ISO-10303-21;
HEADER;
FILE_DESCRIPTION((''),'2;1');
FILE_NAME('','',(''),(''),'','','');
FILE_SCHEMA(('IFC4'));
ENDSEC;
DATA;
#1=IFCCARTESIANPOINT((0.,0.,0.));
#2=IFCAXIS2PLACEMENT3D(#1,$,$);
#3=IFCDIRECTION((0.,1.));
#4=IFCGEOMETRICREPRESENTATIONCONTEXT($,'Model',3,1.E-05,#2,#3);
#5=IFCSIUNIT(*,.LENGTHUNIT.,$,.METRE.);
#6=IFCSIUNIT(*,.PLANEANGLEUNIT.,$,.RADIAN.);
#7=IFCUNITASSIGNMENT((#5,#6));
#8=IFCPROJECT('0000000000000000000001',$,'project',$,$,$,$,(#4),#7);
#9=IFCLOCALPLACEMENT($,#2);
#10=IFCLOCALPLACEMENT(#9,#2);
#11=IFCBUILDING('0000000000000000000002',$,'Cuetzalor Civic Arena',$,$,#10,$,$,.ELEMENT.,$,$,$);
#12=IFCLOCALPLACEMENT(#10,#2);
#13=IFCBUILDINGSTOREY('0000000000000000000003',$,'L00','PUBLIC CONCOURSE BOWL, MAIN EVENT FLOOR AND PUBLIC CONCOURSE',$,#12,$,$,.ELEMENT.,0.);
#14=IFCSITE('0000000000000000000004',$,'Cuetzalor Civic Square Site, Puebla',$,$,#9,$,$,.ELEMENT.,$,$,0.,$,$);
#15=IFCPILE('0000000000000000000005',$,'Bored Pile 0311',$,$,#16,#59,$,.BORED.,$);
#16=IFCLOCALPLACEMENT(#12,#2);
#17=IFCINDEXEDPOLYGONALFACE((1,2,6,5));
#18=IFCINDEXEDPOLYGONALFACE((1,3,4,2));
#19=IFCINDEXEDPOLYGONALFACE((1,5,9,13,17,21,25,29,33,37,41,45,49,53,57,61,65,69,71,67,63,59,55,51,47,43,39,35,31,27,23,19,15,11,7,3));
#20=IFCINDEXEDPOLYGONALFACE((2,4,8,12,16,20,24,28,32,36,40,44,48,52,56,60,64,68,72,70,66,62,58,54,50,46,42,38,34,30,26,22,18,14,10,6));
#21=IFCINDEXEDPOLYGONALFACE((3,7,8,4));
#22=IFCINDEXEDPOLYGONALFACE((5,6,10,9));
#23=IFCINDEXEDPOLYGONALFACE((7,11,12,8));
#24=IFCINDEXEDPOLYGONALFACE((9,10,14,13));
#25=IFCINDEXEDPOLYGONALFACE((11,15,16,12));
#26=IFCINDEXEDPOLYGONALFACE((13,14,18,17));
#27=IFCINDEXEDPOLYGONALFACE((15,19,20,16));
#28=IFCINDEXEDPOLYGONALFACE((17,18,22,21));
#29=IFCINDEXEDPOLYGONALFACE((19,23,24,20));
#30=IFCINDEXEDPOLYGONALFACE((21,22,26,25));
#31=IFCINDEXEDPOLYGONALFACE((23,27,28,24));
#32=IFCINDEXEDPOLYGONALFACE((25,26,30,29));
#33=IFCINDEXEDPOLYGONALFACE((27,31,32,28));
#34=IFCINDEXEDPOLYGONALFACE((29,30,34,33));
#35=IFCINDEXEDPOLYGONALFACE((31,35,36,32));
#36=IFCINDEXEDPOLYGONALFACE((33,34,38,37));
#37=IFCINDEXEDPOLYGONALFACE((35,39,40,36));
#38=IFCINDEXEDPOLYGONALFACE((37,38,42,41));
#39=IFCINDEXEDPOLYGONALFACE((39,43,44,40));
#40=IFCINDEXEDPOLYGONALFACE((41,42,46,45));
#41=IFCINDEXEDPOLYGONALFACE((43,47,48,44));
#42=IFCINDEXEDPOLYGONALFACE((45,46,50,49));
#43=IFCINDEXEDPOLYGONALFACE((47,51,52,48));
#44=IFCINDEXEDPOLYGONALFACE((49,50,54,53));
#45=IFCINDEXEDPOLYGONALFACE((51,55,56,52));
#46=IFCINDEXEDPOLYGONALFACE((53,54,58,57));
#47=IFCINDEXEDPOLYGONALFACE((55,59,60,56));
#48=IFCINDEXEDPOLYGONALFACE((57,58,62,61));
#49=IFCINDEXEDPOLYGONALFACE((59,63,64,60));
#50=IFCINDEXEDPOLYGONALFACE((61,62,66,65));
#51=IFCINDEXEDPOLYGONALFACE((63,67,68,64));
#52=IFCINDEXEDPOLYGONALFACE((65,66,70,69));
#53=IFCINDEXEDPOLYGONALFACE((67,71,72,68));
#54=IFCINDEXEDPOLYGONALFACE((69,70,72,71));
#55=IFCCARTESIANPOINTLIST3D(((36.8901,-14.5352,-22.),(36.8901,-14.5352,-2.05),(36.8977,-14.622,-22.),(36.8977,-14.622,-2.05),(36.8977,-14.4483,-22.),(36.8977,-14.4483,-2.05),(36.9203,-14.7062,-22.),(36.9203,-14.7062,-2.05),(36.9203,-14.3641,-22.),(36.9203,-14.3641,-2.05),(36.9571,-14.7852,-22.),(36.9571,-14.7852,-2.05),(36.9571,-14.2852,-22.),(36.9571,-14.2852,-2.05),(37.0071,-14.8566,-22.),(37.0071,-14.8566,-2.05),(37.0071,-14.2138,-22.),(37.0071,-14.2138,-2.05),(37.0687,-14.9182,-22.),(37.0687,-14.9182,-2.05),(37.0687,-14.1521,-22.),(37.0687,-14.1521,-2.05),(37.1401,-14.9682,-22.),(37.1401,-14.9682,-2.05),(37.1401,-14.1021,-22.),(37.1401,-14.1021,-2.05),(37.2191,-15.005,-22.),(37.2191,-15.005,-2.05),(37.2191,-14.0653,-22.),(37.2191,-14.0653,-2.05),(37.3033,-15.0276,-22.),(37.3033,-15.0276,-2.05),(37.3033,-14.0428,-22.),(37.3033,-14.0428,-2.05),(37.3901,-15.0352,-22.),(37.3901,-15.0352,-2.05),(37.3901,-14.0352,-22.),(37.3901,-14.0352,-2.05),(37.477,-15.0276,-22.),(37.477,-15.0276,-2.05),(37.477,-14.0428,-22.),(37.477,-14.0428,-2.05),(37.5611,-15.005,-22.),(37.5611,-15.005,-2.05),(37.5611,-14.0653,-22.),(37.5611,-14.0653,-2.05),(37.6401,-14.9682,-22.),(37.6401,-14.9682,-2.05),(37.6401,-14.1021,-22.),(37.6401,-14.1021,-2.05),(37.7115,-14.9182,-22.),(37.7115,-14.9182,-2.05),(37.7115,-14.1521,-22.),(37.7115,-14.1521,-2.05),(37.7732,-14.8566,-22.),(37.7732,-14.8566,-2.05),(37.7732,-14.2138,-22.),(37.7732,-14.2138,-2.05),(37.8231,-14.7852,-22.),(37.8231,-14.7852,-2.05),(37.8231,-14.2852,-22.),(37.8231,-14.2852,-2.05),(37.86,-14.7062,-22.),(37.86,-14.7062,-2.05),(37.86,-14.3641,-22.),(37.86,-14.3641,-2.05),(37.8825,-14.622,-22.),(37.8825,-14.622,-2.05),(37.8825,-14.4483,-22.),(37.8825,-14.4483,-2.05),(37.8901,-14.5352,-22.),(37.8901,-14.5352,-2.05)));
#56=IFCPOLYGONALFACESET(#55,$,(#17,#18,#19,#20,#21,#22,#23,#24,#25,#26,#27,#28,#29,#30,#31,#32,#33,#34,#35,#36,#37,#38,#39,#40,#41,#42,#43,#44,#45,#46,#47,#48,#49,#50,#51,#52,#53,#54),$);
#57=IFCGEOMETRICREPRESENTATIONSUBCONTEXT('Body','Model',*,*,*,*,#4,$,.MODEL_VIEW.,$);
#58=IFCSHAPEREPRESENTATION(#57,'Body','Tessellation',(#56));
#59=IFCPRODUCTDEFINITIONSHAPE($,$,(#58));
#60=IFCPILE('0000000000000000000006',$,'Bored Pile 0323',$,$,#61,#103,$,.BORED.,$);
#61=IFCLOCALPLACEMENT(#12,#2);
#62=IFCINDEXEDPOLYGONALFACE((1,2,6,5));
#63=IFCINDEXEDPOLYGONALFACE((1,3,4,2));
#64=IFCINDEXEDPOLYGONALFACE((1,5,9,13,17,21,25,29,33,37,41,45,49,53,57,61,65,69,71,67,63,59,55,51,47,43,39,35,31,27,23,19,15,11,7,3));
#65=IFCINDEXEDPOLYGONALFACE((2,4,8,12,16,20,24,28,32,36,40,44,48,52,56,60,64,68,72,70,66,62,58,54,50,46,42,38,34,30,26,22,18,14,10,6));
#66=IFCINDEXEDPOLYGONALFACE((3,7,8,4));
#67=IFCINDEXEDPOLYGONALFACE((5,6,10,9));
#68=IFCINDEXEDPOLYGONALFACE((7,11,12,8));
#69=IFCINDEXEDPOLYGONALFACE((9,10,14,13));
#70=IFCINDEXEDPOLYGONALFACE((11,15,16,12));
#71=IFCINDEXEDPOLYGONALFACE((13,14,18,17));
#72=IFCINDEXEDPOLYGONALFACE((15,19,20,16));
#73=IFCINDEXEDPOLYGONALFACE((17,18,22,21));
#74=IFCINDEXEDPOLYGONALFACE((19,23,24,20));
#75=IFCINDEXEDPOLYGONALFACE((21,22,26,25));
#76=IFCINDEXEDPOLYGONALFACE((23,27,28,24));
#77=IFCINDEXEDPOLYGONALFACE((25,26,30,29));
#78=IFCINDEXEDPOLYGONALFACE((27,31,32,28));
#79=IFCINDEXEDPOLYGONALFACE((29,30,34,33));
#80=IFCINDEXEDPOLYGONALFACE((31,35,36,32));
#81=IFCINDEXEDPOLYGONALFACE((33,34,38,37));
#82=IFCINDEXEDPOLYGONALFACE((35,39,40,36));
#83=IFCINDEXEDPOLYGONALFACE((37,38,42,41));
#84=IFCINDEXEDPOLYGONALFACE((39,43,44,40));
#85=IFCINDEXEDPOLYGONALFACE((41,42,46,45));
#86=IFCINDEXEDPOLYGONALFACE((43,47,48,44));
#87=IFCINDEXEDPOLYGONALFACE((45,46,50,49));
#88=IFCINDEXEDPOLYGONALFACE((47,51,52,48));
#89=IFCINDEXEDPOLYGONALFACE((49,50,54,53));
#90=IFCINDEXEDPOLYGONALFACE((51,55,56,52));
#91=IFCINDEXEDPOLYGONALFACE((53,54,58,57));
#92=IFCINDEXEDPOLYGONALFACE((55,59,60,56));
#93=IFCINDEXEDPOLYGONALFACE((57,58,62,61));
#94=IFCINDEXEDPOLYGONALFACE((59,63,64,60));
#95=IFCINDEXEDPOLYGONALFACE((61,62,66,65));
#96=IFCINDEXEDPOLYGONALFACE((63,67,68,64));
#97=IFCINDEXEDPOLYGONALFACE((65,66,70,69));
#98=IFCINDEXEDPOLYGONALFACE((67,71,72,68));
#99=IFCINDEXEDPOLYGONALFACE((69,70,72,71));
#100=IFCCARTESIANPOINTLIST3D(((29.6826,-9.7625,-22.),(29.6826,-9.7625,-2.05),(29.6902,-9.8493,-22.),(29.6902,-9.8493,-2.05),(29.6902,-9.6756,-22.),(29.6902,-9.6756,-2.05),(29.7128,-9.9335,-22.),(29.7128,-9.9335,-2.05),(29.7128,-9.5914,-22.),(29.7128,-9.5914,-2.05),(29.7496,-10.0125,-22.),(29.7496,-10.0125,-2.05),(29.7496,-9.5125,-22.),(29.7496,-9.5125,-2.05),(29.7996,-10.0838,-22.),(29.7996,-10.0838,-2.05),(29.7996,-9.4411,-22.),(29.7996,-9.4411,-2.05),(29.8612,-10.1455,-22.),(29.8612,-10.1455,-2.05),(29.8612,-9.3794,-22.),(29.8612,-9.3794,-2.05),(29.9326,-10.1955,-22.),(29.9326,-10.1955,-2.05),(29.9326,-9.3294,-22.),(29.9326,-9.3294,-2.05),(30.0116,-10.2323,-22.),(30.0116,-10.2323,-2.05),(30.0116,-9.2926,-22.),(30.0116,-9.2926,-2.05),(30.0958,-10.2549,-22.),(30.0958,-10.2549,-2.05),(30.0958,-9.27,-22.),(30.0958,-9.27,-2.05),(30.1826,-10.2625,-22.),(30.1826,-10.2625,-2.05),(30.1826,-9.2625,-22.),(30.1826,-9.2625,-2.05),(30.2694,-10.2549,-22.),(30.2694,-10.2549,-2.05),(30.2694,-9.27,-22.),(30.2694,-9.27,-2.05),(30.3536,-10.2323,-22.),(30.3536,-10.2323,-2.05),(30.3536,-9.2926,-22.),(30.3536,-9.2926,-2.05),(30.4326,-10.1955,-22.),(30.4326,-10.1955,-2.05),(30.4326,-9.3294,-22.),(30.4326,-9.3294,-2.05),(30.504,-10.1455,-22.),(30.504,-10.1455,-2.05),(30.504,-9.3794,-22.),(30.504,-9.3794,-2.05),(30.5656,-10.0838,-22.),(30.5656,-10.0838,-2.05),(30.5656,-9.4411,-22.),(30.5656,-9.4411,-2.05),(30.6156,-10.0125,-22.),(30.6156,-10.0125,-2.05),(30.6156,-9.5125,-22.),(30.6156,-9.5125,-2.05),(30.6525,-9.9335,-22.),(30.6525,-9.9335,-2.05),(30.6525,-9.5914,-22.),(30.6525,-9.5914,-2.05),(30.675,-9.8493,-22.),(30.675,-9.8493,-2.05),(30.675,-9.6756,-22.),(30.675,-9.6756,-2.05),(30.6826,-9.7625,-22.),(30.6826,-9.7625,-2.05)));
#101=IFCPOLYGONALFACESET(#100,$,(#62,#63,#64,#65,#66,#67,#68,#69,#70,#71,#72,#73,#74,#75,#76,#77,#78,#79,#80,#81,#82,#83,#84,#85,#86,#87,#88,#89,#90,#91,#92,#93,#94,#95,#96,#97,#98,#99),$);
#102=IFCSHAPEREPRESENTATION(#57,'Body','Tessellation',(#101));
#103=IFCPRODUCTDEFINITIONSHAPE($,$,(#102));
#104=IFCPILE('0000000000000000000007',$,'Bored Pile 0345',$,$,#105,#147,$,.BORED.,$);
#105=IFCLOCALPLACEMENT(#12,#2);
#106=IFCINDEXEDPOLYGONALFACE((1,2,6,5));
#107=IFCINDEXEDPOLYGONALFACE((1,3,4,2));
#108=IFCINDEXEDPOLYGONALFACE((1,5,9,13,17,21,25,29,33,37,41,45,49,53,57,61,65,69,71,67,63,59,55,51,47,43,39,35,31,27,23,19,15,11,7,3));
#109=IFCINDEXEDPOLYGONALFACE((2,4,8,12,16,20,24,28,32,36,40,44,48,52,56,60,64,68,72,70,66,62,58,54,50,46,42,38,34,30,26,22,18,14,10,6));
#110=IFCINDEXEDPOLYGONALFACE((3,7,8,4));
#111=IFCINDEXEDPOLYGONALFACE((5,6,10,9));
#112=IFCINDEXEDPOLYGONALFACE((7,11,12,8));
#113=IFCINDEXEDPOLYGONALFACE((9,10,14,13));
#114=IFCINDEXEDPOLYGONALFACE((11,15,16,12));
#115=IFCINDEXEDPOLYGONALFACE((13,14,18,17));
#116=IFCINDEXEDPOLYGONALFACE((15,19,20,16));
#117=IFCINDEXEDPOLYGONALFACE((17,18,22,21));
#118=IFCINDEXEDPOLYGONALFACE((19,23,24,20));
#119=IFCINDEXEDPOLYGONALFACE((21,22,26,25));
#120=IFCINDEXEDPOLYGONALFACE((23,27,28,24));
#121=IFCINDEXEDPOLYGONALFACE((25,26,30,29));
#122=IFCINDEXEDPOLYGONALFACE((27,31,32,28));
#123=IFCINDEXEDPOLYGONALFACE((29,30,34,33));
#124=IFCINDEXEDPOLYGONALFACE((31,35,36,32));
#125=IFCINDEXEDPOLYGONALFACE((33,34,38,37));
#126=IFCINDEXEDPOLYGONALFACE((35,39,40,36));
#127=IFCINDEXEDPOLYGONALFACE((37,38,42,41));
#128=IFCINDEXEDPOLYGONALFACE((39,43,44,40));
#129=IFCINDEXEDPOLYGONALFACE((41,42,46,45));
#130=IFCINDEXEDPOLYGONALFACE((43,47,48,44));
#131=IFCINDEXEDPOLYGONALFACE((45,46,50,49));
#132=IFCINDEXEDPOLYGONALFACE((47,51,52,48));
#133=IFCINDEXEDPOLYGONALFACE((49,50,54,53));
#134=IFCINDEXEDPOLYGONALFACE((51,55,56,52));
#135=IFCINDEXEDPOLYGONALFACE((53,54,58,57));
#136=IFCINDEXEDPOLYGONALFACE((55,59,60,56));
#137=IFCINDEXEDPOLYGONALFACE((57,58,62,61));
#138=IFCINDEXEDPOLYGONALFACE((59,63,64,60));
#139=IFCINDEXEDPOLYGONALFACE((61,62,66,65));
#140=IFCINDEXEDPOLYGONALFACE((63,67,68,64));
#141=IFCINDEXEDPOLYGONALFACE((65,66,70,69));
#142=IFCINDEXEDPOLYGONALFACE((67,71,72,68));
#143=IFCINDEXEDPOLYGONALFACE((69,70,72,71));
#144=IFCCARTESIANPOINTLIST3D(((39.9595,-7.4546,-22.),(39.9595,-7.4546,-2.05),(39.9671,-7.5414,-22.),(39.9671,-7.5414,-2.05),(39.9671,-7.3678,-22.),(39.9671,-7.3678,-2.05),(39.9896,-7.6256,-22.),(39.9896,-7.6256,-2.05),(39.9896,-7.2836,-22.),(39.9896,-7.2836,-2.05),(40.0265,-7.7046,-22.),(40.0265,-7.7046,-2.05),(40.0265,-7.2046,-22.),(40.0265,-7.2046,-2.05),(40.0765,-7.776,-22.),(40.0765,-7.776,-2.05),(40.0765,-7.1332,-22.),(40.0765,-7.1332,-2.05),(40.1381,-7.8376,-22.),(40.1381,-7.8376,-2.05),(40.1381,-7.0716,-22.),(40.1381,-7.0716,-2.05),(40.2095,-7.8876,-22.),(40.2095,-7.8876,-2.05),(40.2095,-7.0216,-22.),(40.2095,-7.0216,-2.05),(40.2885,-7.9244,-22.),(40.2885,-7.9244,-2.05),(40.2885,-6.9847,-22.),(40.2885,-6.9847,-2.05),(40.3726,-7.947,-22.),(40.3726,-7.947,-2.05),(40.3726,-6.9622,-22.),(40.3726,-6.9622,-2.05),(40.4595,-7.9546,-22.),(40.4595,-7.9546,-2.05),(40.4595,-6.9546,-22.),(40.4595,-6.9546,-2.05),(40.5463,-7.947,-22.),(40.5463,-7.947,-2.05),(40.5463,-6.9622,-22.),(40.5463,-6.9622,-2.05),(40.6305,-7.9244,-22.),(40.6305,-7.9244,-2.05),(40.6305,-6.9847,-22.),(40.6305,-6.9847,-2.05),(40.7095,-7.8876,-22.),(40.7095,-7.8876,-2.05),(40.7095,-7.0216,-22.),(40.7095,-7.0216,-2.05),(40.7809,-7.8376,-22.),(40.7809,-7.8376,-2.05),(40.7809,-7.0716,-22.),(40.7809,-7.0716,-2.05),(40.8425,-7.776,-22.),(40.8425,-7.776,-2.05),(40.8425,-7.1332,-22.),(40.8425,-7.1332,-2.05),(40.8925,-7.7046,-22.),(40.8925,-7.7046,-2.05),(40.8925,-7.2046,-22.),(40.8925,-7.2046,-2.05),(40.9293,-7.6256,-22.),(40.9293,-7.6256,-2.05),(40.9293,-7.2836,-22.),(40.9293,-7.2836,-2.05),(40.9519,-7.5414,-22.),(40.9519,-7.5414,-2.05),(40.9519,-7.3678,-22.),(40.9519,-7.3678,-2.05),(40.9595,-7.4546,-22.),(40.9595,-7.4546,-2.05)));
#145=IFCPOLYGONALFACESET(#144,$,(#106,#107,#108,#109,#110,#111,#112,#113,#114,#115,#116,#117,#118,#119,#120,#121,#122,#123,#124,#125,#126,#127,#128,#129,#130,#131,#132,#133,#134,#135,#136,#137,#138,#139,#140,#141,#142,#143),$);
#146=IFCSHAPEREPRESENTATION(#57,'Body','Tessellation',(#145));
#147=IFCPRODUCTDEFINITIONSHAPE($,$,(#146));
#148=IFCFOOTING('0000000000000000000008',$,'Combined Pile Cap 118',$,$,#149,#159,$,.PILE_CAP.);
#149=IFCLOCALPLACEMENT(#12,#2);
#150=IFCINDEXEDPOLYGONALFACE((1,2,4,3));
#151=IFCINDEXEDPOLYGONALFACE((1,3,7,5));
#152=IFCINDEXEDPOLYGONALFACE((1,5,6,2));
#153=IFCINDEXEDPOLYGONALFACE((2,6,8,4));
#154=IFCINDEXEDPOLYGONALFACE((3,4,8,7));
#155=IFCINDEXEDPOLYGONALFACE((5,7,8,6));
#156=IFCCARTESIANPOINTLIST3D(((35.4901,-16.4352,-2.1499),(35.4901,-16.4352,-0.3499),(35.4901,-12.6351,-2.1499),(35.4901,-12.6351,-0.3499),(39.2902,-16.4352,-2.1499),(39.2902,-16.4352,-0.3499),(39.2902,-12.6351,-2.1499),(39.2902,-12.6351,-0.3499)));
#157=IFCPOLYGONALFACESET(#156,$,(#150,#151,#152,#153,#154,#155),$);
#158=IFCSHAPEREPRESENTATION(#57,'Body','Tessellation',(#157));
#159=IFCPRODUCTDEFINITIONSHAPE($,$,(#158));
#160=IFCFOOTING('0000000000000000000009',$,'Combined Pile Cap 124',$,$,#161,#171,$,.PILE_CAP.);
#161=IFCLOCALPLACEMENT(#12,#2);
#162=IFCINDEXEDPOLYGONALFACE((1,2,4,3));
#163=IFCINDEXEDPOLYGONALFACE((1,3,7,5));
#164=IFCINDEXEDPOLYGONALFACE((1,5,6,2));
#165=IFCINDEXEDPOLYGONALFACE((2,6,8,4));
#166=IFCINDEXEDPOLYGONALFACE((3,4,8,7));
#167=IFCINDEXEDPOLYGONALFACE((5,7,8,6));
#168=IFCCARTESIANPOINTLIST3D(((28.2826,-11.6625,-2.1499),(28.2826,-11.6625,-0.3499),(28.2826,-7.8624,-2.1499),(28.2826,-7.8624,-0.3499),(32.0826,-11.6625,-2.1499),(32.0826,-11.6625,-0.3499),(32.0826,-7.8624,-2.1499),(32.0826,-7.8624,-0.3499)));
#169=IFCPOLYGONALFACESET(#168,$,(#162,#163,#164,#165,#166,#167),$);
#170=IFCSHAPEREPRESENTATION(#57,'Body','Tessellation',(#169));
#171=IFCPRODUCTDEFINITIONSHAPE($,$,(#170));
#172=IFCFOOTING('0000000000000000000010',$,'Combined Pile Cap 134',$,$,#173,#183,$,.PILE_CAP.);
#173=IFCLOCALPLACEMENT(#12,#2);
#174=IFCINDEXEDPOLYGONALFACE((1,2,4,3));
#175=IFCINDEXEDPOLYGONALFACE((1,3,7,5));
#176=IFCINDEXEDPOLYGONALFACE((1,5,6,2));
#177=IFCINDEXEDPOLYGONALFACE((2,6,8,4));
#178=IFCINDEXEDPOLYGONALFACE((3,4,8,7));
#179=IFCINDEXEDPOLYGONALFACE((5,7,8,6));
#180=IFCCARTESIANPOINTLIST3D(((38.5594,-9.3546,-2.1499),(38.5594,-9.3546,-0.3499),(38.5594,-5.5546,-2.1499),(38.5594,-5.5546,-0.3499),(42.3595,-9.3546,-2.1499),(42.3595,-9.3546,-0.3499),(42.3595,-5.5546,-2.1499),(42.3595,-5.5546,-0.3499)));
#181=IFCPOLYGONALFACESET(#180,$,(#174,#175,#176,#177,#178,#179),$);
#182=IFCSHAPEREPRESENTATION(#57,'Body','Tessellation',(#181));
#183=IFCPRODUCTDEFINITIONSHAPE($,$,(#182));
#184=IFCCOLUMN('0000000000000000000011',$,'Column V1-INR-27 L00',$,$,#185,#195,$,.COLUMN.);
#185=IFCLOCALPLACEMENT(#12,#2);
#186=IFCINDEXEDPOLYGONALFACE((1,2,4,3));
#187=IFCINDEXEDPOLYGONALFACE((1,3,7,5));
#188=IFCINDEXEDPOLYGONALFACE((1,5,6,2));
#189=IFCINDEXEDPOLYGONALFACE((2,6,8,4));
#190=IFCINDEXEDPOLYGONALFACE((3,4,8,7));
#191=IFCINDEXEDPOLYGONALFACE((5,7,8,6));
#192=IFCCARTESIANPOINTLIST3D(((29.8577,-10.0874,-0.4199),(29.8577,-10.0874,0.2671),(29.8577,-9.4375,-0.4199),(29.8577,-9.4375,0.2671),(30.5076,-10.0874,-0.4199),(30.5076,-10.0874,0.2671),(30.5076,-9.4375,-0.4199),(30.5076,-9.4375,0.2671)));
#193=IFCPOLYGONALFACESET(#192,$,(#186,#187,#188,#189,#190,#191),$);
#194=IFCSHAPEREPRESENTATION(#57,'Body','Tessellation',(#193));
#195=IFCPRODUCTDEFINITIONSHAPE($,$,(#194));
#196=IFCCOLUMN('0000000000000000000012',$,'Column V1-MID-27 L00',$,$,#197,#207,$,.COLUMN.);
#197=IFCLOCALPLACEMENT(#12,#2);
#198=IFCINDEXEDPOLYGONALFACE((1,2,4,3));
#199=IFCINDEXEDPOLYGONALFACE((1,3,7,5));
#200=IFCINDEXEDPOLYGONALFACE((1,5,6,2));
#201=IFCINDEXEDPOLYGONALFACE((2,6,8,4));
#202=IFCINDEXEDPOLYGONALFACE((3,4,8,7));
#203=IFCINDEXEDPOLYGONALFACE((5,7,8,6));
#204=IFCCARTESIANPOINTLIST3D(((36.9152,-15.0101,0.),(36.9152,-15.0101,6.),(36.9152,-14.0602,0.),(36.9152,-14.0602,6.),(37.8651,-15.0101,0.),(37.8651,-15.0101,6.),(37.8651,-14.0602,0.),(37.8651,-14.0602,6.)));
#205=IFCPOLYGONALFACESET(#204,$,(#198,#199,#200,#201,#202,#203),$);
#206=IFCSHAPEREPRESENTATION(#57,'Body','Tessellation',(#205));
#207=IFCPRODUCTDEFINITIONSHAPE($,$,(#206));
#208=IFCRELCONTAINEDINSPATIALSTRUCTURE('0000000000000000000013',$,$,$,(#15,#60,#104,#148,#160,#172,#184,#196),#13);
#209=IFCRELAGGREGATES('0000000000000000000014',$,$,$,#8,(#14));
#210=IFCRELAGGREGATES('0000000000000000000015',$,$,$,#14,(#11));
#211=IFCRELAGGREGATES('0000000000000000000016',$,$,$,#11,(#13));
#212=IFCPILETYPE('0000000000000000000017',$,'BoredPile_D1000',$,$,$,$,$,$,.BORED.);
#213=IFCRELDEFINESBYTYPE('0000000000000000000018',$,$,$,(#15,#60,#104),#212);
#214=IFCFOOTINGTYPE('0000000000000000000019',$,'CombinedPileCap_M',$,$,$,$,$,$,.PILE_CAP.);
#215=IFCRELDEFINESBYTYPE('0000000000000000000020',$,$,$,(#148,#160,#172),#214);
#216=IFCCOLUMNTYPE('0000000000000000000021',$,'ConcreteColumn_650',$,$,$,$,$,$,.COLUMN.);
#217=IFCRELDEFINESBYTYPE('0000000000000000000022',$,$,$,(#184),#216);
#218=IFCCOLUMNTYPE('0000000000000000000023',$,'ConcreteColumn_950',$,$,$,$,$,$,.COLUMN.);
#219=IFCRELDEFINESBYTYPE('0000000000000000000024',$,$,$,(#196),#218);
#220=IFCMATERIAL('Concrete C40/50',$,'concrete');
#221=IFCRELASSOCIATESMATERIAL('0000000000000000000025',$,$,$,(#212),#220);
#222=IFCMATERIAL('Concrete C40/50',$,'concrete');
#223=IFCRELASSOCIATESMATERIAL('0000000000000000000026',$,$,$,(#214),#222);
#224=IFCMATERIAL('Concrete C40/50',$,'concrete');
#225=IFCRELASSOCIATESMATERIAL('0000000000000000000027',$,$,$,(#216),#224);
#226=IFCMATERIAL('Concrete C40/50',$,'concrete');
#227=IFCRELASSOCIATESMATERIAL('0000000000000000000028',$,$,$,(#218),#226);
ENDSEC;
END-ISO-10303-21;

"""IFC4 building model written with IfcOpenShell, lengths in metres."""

from ifc_helpers import new_model, si_unit, direction, frame, origin, origin_2d, place, context, subcontext, project, spatial, rectangle, circle, extrude, material, material_profile, profile_set, type_object, element, save


model = new_model("IFC4")

# Units and contexts
model_context = context("Model", 3, precision=1e-05, world=origin(), true_north=direction((0.0, 1.0)))
body_context = subcontext(model_context, "Body", "Model", "MODEL_VIEW")
ifc_project = project(units=[si_unit("LENGTHUNIT", "METRE"), si_unit("PLANEANGLEUNIT", "RADIAN")], contexts=[model_context])

# Site, building, storey
site_placement = place(None, origin())
site = spatial("IfcSite", under=ifc_project, at=site_placement, Name="Cuetzalor Civic Square Site, Puebla", CompositionType="ELEMENT", RefElevation=0.0)
building_placement = place(site_placement, origin())
building = spatial("IfcBuilding", under=site, at=building_placement, Name="Cuetzalor Civic Arena", CompositionType="ELEMENT")
storey_placement = place(building_placement, origin())
storey = spatial("IfcBuildingStorey", under=building, at=storey_placement, Name="L00", Description="PUBLIC CONCOURSE BOWL, MAIN EVENT FLOOR AND PUBLIC CONCOURSE", CompositionType="ELEMENT", Elevation=0.0)

# Piles
ifc_material_1 = material(Name="Concrete C40/50", Category="concrete")
ifc_material_profile_1 = material_profile(ifc_material_1, circle(Radius=0.5, at=origin_2d()), Name="BORED PILE D1000")
ifc_profile_set_1 = profile_set([ifc_material_profile_1], Name="Concrete C40/50")
pile_type = type_object("IfcPileType", Name="BoredPile_D1000", PredefinedType="BORED", material=ifc_profile_set_1)
for number, where, z_axis, x_axis, name in (
    (1, (37.3901, -14.5352, -2.05), (0.0, 0.0, -1.0), (1.0, 0.0, 0.0), "Bored Pile 0311"),
    (2, (30.1826, -9.7625, -2.05), (0.0, 0.0, -1.0), (1.0, 0.0, 0.0), "Bored Pile 0323"),
    (3, (40.4595, -7.4546, -2.05), (0.0, 0.0, -1.0), (1.0, 0.0, 0.0), "Bored Pile 0345"),
):
    element("IfcPile", number, at=place(storey_placement, frame(where, z_axis=z_axis, x_axis=x_axis)), inside=storey, type_object=pile_type, Name=name, PredefinedType="BORED", context=body_context, shape_type="SweptSolid", body=[
        extrude(circle(Radius=0.5, at=origin_2d()), origin(), (0.0, 0.0, 1.0), 19.95),
    ])

# Footings
ifc_material_2 = material(Name="Concrete C40/50", Category="concrete")
footing_type = type_object("IfcFootingType", Name="CombinedPileCap_M", PredefinedType="PILE_CAP", material=ifc_material_2)
for number, where, z_axis, x_axis, name in (
    (4, (37.3901, -14.5352, -2.1499), (0.0, 0.0, 1.0), (1.0, 0.0, 0.0), "Combined Pile Cap 118"),
    (5, (30.1826, -9.7625, -2.1499), (0.0, 0.0, 1.0), (1.0, 0.0, 0.0), "Combined Pile Cap 124"),
    (6, (40.4595, -7.4546, -2.1499), (0.0, 0.0, 1.0), (1.0, 0.0, 0.0), "Combined Pile Cap 134"),
):
    element("IfcFooting", number, at=place(storey_placement, frame(where, z_axis=z_axis, x_axis=x_axis)), inside=storey, type_object=footing_type, Name=name, PredefinedType="PILE_CAP", context=body_context, shape_type="SweptSolid", body=[
        extrude(rectangle(XDim=3.8, YDim=3.8, at=origin_2d()), origin(), (0.0, 0.0, 1.0), 1.8),
    ])

# Columns
ifc_material_3 = material(Name="Concrete C40/50", Category="concrete")
ifc_material_profile_2 = material_profile(ifc_material_3, rectangle(XDim=0.6499, YDim=0.6499, at=origin_2d()), Name="RC 650x650")
ifc_profile_set_2 = profile_set([ifc_material_profile_2], Name="Concrete C40/50")
column_type_1 = type_object("IfcColumnType", Name="ConcreteColumn_650", PredefinedType="COLUMN", material=ifc_profile_set_2)
column_placement = place(storey_placement, frame((30.1826, -9.7625, -0.4199), z_axis=(0.0, 0.0, 1.0), x_axis=(1.0, 0.0, 0.0)))
element("IfcColumn", 7, at=column_placement, inside=storey, type_object=column_type_1, Name="Column V1-INR-27 L00", PredefinedType="COLUMN", context=body_context, shape_type="SweptSolid", body=[
    extrude(rectangle(XDim=0.6499, YDim=0.6499, at=origin_2d()), origin(), (0.0, 0.0, 1.0), 0.687),
])
ifc_material_4 = material(Name="Concrete C40/50", Category="concrete")
ifc_material_profile_3 = material_profile(ifc_material_4, rectangle(XDim=0.95, YDim=0.95, at=origin_2d()), Name="RC 950x950")
ifc_profile_set_3 = profile_set([ifc_material_profile_3], Name="Concrete C40/50")
column_type_2 = type_object("IfcColumnType", Name="ConcreteColumn_950", PredefinedType="COLUMN", material=ifc_profile_set_3)
for number, where, z_axis, x_axis, name in (
    (8, (37.3901, -14.5352, 0.0), (0.0, 0.0, 1.0), (1.0, 0.0, 0.0), "Column V1-MID-27 L00"),
):
    element("IfcColumn", number, at=place(storey_placement, frame(where, z_axis=z_axis, x_axis=x_axis)), inside=storey, type_object=column_type_2, Name=name, PredefinedType="COLUMN", context=body_context, shape_type="SweptSolid", body=[
        extrude(rectangle(XDim=0.95, YDim=0.95, at=origin_2d()), origin(), (0.0, 0.0, 1.0), 6.0),
    ])

save(model, "model.ifc")
